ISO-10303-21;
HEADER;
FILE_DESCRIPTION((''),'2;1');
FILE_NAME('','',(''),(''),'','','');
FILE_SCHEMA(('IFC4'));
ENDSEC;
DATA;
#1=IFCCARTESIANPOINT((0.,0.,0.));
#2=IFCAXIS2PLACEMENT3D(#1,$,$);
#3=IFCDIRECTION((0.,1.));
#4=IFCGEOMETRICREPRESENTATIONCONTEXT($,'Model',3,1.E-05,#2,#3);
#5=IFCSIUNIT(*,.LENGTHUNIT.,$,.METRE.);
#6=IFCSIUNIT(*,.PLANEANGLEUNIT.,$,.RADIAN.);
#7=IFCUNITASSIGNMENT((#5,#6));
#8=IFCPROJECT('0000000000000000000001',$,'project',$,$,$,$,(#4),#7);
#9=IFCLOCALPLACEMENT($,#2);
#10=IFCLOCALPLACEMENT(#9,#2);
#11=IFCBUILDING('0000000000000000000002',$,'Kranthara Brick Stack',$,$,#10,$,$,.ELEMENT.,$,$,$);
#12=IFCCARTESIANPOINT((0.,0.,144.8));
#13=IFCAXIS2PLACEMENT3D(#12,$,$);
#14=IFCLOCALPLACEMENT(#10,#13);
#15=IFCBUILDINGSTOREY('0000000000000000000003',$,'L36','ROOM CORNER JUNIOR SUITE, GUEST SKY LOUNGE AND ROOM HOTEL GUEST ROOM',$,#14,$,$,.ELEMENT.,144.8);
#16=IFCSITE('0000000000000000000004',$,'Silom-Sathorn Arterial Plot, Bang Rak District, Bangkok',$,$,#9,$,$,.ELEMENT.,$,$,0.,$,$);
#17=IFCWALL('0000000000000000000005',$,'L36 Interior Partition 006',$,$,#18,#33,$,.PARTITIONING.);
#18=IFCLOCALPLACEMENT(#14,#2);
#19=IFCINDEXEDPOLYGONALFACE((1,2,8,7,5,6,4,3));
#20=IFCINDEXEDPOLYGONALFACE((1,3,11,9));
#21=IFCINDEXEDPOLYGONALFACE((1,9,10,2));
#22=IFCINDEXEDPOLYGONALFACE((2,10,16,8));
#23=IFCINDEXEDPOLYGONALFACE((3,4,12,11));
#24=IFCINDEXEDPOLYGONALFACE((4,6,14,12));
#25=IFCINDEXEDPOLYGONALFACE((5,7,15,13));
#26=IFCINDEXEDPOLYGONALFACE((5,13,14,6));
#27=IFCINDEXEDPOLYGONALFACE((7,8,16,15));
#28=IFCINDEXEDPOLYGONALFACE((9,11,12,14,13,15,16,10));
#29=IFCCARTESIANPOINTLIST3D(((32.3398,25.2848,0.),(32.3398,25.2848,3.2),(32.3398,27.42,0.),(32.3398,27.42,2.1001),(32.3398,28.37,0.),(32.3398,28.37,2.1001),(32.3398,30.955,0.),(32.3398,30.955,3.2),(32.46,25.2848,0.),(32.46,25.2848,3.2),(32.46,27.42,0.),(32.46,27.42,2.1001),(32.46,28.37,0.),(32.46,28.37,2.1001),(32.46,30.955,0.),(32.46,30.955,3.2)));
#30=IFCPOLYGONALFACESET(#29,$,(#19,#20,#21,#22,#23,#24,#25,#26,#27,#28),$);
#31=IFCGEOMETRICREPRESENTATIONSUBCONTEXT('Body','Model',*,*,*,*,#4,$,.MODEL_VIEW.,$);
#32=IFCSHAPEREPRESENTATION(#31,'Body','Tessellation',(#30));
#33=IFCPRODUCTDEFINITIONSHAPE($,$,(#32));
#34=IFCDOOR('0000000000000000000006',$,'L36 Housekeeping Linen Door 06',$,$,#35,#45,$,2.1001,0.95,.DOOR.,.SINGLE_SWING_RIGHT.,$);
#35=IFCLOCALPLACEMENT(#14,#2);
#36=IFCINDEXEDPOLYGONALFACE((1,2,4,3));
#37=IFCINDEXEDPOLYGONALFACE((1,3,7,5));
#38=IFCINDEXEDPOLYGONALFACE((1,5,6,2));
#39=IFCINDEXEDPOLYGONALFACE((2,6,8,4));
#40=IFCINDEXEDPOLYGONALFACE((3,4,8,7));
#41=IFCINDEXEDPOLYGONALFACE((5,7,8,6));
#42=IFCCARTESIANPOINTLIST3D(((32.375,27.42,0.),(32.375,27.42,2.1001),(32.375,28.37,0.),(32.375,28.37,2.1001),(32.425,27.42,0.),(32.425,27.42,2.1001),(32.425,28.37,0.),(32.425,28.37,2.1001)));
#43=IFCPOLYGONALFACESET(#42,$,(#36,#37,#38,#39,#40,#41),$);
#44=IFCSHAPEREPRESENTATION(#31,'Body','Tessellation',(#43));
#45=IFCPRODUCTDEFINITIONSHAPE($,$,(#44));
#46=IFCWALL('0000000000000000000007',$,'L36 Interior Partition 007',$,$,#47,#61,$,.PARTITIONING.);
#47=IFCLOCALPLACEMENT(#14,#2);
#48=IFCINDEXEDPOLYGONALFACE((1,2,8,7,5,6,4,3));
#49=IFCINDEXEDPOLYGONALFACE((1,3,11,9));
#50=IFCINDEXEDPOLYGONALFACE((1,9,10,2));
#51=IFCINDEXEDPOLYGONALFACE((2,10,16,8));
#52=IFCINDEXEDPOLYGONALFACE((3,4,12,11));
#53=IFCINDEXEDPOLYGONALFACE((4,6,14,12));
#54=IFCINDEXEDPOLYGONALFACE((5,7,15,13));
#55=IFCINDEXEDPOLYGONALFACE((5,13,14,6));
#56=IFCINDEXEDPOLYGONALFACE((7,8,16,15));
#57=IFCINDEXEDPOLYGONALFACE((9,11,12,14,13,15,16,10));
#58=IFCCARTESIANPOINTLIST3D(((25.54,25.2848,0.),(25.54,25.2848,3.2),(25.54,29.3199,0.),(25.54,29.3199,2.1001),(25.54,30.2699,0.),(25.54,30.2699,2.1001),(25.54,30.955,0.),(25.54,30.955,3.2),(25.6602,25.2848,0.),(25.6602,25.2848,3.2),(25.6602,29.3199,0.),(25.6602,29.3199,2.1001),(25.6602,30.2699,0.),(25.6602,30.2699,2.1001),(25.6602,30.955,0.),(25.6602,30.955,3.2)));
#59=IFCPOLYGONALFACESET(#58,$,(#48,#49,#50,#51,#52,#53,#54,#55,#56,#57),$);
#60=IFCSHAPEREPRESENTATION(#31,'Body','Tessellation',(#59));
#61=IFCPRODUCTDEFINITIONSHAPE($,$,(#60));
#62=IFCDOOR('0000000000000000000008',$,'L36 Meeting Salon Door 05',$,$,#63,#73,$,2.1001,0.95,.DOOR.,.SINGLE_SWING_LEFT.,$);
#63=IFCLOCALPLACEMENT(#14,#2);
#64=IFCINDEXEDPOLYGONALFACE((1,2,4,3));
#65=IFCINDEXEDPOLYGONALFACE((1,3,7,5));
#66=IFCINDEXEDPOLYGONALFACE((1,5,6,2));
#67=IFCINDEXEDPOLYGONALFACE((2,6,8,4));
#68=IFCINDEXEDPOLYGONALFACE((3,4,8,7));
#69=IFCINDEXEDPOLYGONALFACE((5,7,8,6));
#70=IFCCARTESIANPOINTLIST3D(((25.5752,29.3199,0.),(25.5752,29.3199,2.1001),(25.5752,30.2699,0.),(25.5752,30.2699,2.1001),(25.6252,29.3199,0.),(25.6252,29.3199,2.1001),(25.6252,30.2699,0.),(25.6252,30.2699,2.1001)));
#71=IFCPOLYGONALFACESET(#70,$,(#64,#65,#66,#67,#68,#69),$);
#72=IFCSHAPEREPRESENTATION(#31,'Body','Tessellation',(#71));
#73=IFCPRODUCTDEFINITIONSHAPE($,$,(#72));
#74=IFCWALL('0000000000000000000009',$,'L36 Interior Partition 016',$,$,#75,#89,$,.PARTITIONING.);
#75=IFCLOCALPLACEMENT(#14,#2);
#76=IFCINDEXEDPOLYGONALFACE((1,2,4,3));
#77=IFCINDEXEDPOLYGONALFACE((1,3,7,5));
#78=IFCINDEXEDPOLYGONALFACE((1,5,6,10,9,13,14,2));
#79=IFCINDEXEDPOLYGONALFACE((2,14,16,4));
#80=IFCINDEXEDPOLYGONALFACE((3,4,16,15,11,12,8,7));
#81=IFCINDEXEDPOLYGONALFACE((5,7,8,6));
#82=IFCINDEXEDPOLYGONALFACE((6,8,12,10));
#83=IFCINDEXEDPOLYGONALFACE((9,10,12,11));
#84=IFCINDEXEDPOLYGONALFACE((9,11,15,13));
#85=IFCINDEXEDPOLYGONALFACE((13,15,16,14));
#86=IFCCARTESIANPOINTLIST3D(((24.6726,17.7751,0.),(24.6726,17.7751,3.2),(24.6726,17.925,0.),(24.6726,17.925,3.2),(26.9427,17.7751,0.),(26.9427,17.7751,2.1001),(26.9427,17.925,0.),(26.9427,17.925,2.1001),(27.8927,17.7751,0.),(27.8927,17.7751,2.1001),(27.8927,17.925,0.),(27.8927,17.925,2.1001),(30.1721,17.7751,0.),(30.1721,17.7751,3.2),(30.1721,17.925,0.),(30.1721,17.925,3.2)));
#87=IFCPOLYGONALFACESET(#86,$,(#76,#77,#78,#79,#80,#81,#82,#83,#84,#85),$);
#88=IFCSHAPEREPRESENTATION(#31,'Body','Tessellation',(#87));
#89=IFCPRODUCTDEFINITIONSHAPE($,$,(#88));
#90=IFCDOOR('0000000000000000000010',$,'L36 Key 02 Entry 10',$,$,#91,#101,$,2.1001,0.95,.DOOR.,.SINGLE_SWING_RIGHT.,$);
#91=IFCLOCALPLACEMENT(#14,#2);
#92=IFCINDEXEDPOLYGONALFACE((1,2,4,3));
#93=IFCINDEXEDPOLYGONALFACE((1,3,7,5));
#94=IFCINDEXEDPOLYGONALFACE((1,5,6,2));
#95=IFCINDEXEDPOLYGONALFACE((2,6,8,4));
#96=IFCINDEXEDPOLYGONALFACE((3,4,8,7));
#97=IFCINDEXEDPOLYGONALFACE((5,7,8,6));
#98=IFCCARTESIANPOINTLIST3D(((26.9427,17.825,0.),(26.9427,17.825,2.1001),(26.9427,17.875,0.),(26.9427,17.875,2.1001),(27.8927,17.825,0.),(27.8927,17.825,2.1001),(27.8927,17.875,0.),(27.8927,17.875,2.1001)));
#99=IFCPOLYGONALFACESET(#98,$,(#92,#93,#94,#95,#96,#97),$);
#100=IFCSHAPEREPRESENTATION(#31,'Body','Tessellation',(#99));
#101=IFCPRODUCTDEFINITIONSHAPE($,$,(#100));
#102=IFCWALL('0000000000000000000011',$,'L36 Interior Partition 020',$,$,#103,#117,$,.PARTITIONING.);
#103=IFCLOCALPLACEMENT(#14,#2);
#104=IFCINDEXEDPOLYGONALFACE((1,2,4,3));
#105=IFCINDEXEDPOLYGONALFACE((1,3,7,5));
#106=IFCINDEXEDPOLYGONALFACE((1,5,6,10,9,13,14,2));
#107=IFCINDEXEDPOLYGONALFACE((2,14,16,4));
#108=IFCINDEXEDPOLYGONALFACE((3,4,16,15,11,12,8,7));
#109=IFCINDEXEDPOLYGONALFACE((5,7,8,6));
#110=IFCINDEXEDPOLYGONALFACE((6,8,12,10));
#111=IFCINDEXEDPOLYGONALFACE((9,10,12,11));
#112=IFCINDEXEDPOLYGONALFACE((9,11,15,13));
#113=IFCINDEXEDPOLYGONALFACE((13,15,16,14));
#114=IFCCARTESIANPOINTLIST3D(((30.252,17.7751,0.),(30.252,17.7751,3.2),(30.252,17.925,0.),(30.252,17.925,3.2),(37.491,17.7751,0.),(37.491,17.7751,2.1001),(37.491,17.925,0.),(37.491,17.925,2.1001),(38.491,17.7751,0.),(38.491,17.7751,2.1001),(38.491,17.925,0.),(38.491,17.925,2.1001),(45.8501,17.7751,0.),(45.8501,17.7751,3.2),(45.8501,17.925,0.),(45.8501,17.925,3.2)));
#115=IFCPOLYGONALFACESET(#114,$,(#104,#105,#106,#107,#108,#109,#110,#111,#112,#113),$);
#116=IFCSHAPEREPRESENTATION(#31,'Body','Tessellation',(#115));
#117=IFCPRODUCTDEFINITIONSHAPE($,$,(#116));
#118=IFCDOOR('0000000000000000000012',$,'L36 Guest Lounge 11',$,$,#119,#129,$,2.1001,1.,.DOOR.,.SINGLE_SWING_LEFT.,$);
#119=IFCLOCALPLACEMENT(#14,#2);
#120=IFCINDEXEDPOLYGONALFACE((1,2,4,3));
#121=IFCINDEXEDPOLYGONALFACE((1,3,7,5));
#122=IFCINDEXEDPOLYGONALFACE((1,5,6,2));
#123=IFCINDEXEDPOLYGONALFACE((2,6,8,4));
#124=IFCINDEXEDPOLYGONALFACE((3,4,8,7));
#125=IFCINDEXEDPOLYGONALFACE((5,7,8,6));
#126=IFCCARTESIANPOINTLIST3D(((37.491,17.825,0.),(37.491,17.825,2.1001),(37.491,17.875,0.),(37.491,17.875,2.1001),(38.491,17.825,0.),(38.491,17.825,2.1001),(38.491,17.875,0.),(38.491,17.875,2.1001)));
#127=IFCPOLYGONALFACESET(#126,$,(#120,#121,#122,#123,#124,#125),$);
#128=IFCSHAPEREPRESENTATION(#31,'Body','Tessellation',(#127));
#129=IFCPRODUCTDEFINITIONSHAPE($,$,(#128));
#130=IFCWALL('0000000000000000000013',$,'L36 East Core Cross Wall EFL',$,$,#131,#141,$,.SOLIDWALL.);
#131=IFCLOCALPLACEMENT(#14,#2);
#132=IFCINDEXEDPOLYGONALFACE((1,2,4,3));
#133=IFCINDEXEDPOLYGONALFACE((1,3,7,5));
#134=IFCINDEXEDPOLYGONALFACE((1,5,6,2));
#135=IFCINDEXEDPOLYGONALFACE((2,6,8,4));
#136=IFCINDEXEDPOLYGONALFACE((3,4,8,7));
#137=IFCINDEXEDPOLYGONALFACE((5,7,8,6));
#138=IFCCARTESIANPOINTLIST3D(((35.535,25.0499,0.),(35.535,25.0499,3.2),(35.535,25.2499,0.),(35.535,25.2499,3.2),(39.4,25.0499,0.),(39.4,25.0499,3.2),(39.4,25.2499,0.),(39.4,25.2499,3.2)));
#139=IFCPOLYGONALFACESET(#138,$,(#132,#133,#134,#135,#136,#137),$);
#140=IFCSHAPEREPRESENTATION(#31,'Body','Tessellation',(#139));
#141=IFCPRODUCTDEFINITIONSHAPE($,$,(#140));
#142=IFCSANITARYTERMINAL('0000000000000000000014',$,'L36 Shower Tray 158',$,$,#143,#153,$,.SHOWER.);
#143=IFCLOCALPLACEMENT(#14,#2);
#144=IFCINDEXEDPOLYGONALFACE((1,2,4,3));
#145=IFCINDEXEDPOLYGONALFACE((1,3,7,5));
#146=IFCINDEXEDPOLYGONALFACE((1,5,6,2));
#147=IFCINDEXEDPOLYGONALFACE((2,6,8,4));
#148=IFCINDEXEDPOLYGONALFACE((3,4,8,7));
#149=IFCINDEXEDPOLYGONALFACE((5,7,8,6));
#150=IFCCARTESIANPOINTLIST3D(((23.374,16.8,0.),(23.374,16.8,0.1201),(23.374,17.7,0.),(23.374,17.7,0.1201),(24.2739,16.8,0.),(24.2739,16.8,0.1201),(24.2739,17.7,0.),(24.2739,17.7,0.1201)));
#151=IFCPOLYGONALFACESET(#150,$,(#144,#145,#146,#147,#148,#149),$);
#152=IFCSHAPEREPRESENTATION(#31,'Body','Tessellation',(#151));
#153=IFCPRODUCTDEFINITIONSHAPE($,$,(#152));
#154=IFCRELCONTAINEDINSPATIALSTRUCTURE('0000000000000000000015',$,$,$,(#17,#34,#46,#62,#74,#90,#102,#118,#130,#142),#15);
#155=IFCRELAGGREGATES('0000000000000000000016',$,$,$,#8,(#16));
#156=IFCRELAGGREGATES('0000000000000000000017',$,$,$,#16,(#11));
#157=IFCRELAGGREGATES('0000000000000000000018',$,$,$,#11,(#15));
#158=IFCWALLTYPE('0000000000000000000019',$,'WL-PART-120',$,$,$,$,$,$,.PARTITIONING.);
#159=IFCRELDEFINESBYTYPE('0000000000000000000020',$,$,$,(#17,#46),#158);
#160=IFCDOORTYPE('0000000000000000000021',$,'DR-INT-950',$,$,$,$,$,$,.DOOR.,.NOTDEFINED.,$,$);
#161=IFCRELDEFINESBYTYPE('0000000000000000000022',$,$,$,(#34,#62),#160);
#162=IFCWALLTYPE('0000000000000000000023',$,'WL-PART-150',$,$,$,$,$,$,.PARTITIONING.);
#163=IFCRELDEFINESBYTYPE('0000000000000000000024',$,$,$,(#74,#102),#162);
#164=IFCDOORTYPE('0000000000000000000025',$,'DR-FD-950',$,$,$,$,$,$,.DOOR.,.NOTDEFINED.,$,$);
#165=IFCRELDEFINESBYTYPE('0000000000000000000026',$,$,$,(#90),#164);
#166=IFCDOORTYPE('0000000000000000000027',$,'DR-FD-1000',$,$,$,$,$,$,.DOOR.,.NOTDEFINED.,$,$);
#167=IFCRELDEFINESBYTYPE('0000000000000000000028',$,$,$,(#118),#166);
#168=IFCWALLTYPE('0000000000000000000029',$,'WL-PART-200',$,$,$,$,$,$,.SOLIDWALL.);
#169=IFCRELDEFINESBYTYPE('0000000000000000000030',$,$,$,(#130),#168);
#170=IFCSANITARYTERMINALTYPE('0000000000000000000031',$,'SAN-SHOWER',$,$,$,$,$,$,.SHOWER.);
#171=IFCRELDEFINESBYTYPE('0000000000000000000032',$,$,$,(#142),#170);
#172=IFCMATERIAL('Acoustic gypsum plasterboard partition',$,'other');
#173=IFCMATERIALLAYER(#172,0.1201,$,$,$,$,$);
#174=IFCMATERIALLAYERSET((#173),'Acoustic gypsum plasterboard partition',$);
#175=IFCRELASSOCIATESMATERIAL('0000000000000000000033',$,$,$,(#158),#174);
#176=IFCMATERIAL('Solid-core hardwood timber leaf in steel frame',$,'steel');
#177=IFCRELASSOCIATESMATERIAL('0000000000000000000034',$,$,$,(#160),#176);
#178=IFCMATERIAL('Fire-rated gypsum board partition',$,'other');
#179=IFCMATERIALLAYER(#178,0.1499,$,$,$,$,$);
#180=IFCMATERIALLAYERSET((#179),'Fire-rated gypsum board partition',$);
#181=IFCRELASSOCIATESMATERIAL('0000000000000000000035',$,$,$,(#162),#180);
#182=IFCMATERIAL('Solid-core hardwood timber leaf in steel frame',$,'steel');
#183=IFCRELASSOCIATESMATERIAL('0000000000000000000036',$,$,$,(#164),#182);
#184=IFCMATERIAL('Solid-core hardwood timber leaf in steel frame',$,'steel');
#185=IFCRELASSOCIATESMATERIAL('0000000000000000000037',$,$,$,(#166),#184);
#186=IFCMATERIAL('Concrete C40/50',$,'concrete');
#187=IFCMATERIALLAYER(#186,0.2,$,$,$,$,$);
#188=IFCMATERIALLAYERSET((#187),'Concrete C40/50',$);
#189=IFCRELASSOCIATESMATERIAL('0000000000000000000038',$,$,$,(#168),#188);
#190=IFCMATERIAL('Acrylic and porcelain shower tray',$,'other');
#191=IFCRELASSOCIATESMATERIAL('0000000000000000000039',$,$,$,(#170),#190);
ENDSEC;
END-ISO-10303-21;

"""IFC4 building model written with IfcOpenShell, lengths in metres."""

from ifc_helpers import new_model, si_unit, direction, frame, frame_2d, origin, origin_2d, place, context, subcontext, project, spatial, rectangle, extrude, material, layer, layer_set, type_object, element, fill, save


model = new_model("IFC4")

# Units and contexts
model_context = context("Model", 3, precision=1e-05, world=origin(), true_north=direction((0.0, 1.0)))
body_context = subcontext(model_context, "Body", "Model", "MODEL_VIEW")
ifc_project = project(units=[si_unit("LENGTHUNIT", "METRE"), si_unit("PLANEANGLEUNIT", "RADIAN")], contexts=[model_context])

# Site, building, storey
site_placement = place(None, origin())
site = spatial("IfcSite", under=ifc_project, at=site_placement, Name="Silom-Sathorn Arterial Plot, Bang Rak District, Bangkok", CompositionType="ELEMENT", RefElevation=0.0)
building_placement = place(site_placement, origin())
building = spatial("IfcBuilding", under=site, at=building_placement, Name="Kranthara Brick Stack", CompositionType="ELEMENT")
storey_placement = place(building_placement, frame((0.0, 0.0, 144.8)))
storey = spatial("IfcBuildingStorey", under=building, at=storey_placement, Name="L36", Description="ROOM CORNER JUNIOR SUITE, GUEST SKY LOUNGE AND ROOM HOTEL GUEST ROOM", CompositionType="ELEMENT", Elevation=144.8)

# Walls, openings, doors
ifc_material_1 = material(Name="Acoustic gypsum plasterboard partition", Category="other")
ifc_layer_1 = layer(ifc_material_1, 0.1201)
ifc_layer_set_1 = layer_set([ifc_layer_1], Name="Acoustic gypsum plasterboard partition")
wall_type_1 = type_object("IfcWallType", Name="WL-PART-120", PredefinedType="PARTITIONING", material=ifc_layer_set_1)
wall_1_placement = place(storey_placement, frame((32.3999, 25.2849, 0.0), z_axis=(0.0, 0.0, 1.0), x_axis=(0.0, 1.0, 0.0)))
wall_1 = element("IfcWall", 1, at=wall_1_placement, inside=storey, type_object=wall_type_1, Name="L36 Interior Partition 006", PredefinedType="PARTITIONING", context=body_context, shape_type="SweptSolid", body=[
    extrude(rectangle(XDim=5.6702, YDim=0.1201, at=frame_2d((2.835, 0.0))), origin(), (0.0, 0.0, 1.0), 3.2),
])
opening_1_placement = place(wall_1_placement, frame((2.135, 0.0, 0.0)))
opening_1 = element("IfcOpeningElement", 2, at=opening_1_placement, cuts=wall_1, PredefinedType="OPENING", context=body_context, shape_type="SweptSolid", body=[
    extrude(rectangle(XDim=0.95, YDim=2.1001, at=frame_2d((0.4751, 1.05))), frame((0.0, 0.0701, 0.0), z_axis=(0.0, -1.0, 0.0), x_axis=(1.0, 0.0, 0.0)), (0.0, 0.0, 1.0), 0.1401),
])
ifc_material_2 = material(Name="Solid-core hardwood timber leaf in steel frame", Category="steel")
door_type_1 = type_object("IfcDoorType", Name="DR-INT-950", OperationType="NOTDEFINED", PredefinedType="DOOR", material=ifc_material_2)
door_1_placement = place(opening_1_placement, origin())
door_1 = element("IfcDoor", 3, at=door_1_placement, inside=storey, type_object=door_type_1, Name="L36 Housekeeping Linen Door 06", OperationType="SINGLE_SWING_RIGHT", OverallHeight=2.1001, OverallWidth=0.95, PredefinedType="DOOR", context=body_context, shape_type="SweptSolid", body=[
    extrude(rectangle(XDim=0.95, YDim=2.1001, at=frame_2d((0.4751, 1.05))), frame((0.0, 0.0249, 0.0), z_axis=(0.0, -1.0, 0.0), x_axis=(1.0, 0.0, 0.0)), (0.0, 0.0, 1.0), 0.05),
])
fill(opening_1, door_1)
wall_2_placement = place(storey_placement, frame((25.6001, 25.2849, 0.0), z_axis=(0.0, 0.0, 1.0), x_axis=(0.0, 1.0, 0.0)))
wall_2 = element("IfcWall", 4, at=wall_2_placement, inside=storey, type_object=wall_type_1, Name="L36 Interior Partition 007", PredefinedType="PARTITIONING", context=body_context, shape_type="SweptSolid", body=[
    extrude(rectangle(XDim=5.6702, YDim=0.1201, at=frame_2d((2.835, 0.0))), origin(), (0.0, 0.0, 1.0), 3.2),
])
opening_2_placement = place(wall_2_placement, frame((4.0349, 0.0, 0.0)))
opening_2 = element("IfcOpeningElement", 5, at=opening_2_placement, cuts=wall_2, PredefinedType="OPENING", context=body_context, shape_type="SweptSolid", body=[
    extrude(rectangle(XDim=0.95, YDim=2.1001, at=frame_2d((0.4751, 1.05))), frame((0.0, 0.0701, 0.0), z_axis=(0.0, -1.0, 0.0), x_axis=(1.0, 0.0, 0.0)), (0.0, 0.0, 1.0), 0.1401),
])
door_2_placement = place(opening_2_placement, origin())
door_2 = element("IfcDoor", 6, at=door_2_placement, inside=storey, type_object=door_type_1, Name="L36 Meeting Salon Door 05", OperationType="SINGLE_SWING_LEFT", OverallHeight=2.1001, OverallWidth=0.95, PredefinedType="DOOR", context=body_context, shape_type="SweptSolid", body=[
    extrude(rectangle(XDim=0.95, YDim=2.1001, at=frame_2d((0.4751, 1.05))), frame((0.0, 0.0249, 0.0), z_axis=(0.0, -1.0, 0.0), x_axis=(1.0, 0.0, 0.0)), (0.0, 0.0, 1.0), 0.05),
])
fill(opening_2, door_2)
ifc_material_3 = material(Name="Fire-rated gypsum board partition", Category="other")
ifc_layer_2 = layer(ifc_material_3, 0.1499)
ifc_layer_set_2 = layer_set([ifc_layer_2], Name="Fire-rated gypsum board partition")
wall_type_2 = type_object("IfcWallType", Name="WL-PART-150", PredefinedType="PARTITIONING", material=ifc_layer_set_2)
wall_3_placement = place(storey_placement, frame((24.6726, 17.8501, 0.0), z_axis=(0.0, 0.0, 1.0), x_axis=(1.0, 0.0, 0.0)))
wall_3 = element("IfcWall", 7, at=wall_3_placement, inside=storey, type_object=wall_type_2, Name="L36 Interior Partition 016", PredefinedType="PARTITIONING", context=body_context, shape_type="SweptSolid", body=[
    extrude(rectangle(XDim=5.4995, YDim=0.1499, at=frame_2d((2.7498, 0.0))), origin(), (0.0, 0.0, 1.0), 3.2),
])
opening_3_placement = place(wall_3_placement, frame((2.27, 0.0, 0.0)))
opening_3 = element("IfcOpeningElement", 8, at=opening_3_placement, cuts=wall_3, PredefinedType="OPENING", context=body_context, shape_type="SweptSolid", body=[
    extrude(rectangle(XDim=0.95, YDim=2.1001, at=frame_2d((0.4751, 1.05))), frame((0.0, 0.085, 0.0), z_axis=(0.0, -1.0, 0.0), x_axis=(1.0, 0.0, 0.0)), (0.0, 0.0, 1.0), 0.1699),
])
ifc_material_4 = material(Name="Solid-core hardwood timber leaf in steel frame", Category="steel")
door_type_2 = type_object("IfcDoorType", Name="DR-FD-950", OperationType="NOTDEFINED", PredefinedType="DOOR", material=ifc_material_4)
door_3_placement = place(opening_3_placement, origin())
door_3 = element("IfcDoor", 9, at=door_3_placement, inside=storey, type_object=door_type_2, Name="L36 Key 02 Entry 10", OperationType="SINGLE_SWING_RIGHT", OverallHeight=2.1001, OverallWidth=0.95, PredefinedType="DOOR", context=body_context, shape_type="SweptSolid", body=[
    extrude(rectangle(XDim=0.95, YDim=2.1001, at=frame_2d((0.4751, 1.05))), frame((0.0, 0.0249, 0.0), z_axis=(0.0, -1.0, 0.0), x_axis=(1.0, 0.0, 0.0)), (0.0, 0.0, 1.0), 0.05),
])
fill(opening_3, door_3)
wall_4_placement = place(storey_placement, frame((30.252, 17.8501, 0.0), z_axis=(0.0, 0.0, 1.0), x_axis=(1.0, 0.0, 0.0)))
wall_4 = element("IfcWall", 10, at=wall_4_placement, inside=storey, type_object=wall_type_2, Name="L36 Interior Partition 020", PredefinedType="PARTITIONING", context=body_context, shape_type="SweptSolid", body=[
    extrude(rectangle(XDim=15.5981, YDim=0.1499, at=frame_2d((7.7991, 0.0))), origin(), (0.0, 0.0, 1.0), 3.2),
])
opening_4_placement = place(wall_4_placement, frame((7.239, 0.0, 0.0)))
opening_4 = element("IfcOpeningElement", 11, at=opening_4_placement, cuts=wall_4, PredefinedType="OPENING", context=body_context, shape_type="SweptSolid", body=[
    extrude(rectangle(XDim=1.0, YDim=2.1001, at=frame_2d((0.5, 1.05))), frame((0.0, 0.085, 0.0), z_axis=(0.0, -1.0, 0.0), x_axis=(1.0, 0.0, 0.0)), (0.0, 0.0, 1.0), 0.1699),
])
ifc_material_5 = material(Name="Solid-core hardwood timber leaf in steel frame", Category="steel")
door_type_3 = type_object("IfcDoorType", Name="DR-FD-1000", OperationType="NOTDEFINED", PredefinedType="DOOR", material=ifc_material_5)
door_4_placement = place(opening_4_placement, origin())
door_4 = element("IfcDoor", 12, at=door_4_placement, inside=storey, type_object=door_type_3, Name="L36 Guest Lounge 11", OperationType="SINGLE_SWING_LEFT", OverallHeight=2.1001, OverallWidth=1.0, PredefinedType="DOOR", context=body_context, shape_type="SweptSolid", body=[
    extrude(rectangle(XDim=1.0, YDim=2.1001, at=frame_2d((0.5, 1.05))), frame((0.0, 0.0249, 0.0), z_axis=(0.0, -1.0, 0.0), x_axis=(1.0, 0.0, 0.0)), (0.0, 0.0, 1.0), 0.05),
])
fill(opening_4, door_4)

# Wall
ifc_material_6 = material(Name="Concrete C40/50", Category="concrete")
ifc_layer_3 = layer(ifc_material_6, 0.2)
ifc_layer_set_3 = layer_set([ifc_layer_3], Name="Concrete C40/50")
wall_type_3 = type_object("IfcWallType", Name="WL-PART-200", PredefinedType="SOLIDWALL", material=ifc_layer_set_3)
wall_5_placement = place(storey_placement, frame((35.5349, 25.1499, 0.0), z_axis=(0.0, 0.0, 1.0), x_axis=(1.0, 0.0, 0.0)))
element("IfcWall", 13, at=wall_5_placement, inside=storey, type_object=wall_type_3, Name="L36 East Core Cross Wall EFL", PredefinedType="SOLIDWALL", context=body_context, shape_type="SweptSolid", body=[
    extrude(rectangle(XDim=3.865, YDim=0.2, at=frame_2d((1.9326, 0.0))), origin(), (0.0, 0.0, 1.0), 3.2),
])

# Sanitary terminal
ifc_material_7 = material(Name="Acrylic and porcelain shower tray", Category="other")
sanitary_terminal_type = type_object("IfcSanitaryTerminalType", Name="SAN-SHOWER", PredefinedType="SHOWER", material=ifc_material_7)
sanitary_terminal_placement = place(storey_placement, frame((23.824, 17.25, 0.0), z_axis=(0.0, 0.0, 1.0), x_axis=(1.0, 0.0, 0.0)))
element("IfcSanitaryTerminal", 14, at=sanitary_terminal_placement, inside=storey, type_object=sanitary_terminal_type, Name="L36 Shower Tray 158", PredefinedType="SHOWER", context=body_context, shape_type="SweptSolid", body=[
    extrude(rectangle(XDim=0.8999, YDim=0.8999, at=origin_2d()), origin(), (0.0, 0.0, 1.0), 0.1201),
])

save(model, "model.ifc")
